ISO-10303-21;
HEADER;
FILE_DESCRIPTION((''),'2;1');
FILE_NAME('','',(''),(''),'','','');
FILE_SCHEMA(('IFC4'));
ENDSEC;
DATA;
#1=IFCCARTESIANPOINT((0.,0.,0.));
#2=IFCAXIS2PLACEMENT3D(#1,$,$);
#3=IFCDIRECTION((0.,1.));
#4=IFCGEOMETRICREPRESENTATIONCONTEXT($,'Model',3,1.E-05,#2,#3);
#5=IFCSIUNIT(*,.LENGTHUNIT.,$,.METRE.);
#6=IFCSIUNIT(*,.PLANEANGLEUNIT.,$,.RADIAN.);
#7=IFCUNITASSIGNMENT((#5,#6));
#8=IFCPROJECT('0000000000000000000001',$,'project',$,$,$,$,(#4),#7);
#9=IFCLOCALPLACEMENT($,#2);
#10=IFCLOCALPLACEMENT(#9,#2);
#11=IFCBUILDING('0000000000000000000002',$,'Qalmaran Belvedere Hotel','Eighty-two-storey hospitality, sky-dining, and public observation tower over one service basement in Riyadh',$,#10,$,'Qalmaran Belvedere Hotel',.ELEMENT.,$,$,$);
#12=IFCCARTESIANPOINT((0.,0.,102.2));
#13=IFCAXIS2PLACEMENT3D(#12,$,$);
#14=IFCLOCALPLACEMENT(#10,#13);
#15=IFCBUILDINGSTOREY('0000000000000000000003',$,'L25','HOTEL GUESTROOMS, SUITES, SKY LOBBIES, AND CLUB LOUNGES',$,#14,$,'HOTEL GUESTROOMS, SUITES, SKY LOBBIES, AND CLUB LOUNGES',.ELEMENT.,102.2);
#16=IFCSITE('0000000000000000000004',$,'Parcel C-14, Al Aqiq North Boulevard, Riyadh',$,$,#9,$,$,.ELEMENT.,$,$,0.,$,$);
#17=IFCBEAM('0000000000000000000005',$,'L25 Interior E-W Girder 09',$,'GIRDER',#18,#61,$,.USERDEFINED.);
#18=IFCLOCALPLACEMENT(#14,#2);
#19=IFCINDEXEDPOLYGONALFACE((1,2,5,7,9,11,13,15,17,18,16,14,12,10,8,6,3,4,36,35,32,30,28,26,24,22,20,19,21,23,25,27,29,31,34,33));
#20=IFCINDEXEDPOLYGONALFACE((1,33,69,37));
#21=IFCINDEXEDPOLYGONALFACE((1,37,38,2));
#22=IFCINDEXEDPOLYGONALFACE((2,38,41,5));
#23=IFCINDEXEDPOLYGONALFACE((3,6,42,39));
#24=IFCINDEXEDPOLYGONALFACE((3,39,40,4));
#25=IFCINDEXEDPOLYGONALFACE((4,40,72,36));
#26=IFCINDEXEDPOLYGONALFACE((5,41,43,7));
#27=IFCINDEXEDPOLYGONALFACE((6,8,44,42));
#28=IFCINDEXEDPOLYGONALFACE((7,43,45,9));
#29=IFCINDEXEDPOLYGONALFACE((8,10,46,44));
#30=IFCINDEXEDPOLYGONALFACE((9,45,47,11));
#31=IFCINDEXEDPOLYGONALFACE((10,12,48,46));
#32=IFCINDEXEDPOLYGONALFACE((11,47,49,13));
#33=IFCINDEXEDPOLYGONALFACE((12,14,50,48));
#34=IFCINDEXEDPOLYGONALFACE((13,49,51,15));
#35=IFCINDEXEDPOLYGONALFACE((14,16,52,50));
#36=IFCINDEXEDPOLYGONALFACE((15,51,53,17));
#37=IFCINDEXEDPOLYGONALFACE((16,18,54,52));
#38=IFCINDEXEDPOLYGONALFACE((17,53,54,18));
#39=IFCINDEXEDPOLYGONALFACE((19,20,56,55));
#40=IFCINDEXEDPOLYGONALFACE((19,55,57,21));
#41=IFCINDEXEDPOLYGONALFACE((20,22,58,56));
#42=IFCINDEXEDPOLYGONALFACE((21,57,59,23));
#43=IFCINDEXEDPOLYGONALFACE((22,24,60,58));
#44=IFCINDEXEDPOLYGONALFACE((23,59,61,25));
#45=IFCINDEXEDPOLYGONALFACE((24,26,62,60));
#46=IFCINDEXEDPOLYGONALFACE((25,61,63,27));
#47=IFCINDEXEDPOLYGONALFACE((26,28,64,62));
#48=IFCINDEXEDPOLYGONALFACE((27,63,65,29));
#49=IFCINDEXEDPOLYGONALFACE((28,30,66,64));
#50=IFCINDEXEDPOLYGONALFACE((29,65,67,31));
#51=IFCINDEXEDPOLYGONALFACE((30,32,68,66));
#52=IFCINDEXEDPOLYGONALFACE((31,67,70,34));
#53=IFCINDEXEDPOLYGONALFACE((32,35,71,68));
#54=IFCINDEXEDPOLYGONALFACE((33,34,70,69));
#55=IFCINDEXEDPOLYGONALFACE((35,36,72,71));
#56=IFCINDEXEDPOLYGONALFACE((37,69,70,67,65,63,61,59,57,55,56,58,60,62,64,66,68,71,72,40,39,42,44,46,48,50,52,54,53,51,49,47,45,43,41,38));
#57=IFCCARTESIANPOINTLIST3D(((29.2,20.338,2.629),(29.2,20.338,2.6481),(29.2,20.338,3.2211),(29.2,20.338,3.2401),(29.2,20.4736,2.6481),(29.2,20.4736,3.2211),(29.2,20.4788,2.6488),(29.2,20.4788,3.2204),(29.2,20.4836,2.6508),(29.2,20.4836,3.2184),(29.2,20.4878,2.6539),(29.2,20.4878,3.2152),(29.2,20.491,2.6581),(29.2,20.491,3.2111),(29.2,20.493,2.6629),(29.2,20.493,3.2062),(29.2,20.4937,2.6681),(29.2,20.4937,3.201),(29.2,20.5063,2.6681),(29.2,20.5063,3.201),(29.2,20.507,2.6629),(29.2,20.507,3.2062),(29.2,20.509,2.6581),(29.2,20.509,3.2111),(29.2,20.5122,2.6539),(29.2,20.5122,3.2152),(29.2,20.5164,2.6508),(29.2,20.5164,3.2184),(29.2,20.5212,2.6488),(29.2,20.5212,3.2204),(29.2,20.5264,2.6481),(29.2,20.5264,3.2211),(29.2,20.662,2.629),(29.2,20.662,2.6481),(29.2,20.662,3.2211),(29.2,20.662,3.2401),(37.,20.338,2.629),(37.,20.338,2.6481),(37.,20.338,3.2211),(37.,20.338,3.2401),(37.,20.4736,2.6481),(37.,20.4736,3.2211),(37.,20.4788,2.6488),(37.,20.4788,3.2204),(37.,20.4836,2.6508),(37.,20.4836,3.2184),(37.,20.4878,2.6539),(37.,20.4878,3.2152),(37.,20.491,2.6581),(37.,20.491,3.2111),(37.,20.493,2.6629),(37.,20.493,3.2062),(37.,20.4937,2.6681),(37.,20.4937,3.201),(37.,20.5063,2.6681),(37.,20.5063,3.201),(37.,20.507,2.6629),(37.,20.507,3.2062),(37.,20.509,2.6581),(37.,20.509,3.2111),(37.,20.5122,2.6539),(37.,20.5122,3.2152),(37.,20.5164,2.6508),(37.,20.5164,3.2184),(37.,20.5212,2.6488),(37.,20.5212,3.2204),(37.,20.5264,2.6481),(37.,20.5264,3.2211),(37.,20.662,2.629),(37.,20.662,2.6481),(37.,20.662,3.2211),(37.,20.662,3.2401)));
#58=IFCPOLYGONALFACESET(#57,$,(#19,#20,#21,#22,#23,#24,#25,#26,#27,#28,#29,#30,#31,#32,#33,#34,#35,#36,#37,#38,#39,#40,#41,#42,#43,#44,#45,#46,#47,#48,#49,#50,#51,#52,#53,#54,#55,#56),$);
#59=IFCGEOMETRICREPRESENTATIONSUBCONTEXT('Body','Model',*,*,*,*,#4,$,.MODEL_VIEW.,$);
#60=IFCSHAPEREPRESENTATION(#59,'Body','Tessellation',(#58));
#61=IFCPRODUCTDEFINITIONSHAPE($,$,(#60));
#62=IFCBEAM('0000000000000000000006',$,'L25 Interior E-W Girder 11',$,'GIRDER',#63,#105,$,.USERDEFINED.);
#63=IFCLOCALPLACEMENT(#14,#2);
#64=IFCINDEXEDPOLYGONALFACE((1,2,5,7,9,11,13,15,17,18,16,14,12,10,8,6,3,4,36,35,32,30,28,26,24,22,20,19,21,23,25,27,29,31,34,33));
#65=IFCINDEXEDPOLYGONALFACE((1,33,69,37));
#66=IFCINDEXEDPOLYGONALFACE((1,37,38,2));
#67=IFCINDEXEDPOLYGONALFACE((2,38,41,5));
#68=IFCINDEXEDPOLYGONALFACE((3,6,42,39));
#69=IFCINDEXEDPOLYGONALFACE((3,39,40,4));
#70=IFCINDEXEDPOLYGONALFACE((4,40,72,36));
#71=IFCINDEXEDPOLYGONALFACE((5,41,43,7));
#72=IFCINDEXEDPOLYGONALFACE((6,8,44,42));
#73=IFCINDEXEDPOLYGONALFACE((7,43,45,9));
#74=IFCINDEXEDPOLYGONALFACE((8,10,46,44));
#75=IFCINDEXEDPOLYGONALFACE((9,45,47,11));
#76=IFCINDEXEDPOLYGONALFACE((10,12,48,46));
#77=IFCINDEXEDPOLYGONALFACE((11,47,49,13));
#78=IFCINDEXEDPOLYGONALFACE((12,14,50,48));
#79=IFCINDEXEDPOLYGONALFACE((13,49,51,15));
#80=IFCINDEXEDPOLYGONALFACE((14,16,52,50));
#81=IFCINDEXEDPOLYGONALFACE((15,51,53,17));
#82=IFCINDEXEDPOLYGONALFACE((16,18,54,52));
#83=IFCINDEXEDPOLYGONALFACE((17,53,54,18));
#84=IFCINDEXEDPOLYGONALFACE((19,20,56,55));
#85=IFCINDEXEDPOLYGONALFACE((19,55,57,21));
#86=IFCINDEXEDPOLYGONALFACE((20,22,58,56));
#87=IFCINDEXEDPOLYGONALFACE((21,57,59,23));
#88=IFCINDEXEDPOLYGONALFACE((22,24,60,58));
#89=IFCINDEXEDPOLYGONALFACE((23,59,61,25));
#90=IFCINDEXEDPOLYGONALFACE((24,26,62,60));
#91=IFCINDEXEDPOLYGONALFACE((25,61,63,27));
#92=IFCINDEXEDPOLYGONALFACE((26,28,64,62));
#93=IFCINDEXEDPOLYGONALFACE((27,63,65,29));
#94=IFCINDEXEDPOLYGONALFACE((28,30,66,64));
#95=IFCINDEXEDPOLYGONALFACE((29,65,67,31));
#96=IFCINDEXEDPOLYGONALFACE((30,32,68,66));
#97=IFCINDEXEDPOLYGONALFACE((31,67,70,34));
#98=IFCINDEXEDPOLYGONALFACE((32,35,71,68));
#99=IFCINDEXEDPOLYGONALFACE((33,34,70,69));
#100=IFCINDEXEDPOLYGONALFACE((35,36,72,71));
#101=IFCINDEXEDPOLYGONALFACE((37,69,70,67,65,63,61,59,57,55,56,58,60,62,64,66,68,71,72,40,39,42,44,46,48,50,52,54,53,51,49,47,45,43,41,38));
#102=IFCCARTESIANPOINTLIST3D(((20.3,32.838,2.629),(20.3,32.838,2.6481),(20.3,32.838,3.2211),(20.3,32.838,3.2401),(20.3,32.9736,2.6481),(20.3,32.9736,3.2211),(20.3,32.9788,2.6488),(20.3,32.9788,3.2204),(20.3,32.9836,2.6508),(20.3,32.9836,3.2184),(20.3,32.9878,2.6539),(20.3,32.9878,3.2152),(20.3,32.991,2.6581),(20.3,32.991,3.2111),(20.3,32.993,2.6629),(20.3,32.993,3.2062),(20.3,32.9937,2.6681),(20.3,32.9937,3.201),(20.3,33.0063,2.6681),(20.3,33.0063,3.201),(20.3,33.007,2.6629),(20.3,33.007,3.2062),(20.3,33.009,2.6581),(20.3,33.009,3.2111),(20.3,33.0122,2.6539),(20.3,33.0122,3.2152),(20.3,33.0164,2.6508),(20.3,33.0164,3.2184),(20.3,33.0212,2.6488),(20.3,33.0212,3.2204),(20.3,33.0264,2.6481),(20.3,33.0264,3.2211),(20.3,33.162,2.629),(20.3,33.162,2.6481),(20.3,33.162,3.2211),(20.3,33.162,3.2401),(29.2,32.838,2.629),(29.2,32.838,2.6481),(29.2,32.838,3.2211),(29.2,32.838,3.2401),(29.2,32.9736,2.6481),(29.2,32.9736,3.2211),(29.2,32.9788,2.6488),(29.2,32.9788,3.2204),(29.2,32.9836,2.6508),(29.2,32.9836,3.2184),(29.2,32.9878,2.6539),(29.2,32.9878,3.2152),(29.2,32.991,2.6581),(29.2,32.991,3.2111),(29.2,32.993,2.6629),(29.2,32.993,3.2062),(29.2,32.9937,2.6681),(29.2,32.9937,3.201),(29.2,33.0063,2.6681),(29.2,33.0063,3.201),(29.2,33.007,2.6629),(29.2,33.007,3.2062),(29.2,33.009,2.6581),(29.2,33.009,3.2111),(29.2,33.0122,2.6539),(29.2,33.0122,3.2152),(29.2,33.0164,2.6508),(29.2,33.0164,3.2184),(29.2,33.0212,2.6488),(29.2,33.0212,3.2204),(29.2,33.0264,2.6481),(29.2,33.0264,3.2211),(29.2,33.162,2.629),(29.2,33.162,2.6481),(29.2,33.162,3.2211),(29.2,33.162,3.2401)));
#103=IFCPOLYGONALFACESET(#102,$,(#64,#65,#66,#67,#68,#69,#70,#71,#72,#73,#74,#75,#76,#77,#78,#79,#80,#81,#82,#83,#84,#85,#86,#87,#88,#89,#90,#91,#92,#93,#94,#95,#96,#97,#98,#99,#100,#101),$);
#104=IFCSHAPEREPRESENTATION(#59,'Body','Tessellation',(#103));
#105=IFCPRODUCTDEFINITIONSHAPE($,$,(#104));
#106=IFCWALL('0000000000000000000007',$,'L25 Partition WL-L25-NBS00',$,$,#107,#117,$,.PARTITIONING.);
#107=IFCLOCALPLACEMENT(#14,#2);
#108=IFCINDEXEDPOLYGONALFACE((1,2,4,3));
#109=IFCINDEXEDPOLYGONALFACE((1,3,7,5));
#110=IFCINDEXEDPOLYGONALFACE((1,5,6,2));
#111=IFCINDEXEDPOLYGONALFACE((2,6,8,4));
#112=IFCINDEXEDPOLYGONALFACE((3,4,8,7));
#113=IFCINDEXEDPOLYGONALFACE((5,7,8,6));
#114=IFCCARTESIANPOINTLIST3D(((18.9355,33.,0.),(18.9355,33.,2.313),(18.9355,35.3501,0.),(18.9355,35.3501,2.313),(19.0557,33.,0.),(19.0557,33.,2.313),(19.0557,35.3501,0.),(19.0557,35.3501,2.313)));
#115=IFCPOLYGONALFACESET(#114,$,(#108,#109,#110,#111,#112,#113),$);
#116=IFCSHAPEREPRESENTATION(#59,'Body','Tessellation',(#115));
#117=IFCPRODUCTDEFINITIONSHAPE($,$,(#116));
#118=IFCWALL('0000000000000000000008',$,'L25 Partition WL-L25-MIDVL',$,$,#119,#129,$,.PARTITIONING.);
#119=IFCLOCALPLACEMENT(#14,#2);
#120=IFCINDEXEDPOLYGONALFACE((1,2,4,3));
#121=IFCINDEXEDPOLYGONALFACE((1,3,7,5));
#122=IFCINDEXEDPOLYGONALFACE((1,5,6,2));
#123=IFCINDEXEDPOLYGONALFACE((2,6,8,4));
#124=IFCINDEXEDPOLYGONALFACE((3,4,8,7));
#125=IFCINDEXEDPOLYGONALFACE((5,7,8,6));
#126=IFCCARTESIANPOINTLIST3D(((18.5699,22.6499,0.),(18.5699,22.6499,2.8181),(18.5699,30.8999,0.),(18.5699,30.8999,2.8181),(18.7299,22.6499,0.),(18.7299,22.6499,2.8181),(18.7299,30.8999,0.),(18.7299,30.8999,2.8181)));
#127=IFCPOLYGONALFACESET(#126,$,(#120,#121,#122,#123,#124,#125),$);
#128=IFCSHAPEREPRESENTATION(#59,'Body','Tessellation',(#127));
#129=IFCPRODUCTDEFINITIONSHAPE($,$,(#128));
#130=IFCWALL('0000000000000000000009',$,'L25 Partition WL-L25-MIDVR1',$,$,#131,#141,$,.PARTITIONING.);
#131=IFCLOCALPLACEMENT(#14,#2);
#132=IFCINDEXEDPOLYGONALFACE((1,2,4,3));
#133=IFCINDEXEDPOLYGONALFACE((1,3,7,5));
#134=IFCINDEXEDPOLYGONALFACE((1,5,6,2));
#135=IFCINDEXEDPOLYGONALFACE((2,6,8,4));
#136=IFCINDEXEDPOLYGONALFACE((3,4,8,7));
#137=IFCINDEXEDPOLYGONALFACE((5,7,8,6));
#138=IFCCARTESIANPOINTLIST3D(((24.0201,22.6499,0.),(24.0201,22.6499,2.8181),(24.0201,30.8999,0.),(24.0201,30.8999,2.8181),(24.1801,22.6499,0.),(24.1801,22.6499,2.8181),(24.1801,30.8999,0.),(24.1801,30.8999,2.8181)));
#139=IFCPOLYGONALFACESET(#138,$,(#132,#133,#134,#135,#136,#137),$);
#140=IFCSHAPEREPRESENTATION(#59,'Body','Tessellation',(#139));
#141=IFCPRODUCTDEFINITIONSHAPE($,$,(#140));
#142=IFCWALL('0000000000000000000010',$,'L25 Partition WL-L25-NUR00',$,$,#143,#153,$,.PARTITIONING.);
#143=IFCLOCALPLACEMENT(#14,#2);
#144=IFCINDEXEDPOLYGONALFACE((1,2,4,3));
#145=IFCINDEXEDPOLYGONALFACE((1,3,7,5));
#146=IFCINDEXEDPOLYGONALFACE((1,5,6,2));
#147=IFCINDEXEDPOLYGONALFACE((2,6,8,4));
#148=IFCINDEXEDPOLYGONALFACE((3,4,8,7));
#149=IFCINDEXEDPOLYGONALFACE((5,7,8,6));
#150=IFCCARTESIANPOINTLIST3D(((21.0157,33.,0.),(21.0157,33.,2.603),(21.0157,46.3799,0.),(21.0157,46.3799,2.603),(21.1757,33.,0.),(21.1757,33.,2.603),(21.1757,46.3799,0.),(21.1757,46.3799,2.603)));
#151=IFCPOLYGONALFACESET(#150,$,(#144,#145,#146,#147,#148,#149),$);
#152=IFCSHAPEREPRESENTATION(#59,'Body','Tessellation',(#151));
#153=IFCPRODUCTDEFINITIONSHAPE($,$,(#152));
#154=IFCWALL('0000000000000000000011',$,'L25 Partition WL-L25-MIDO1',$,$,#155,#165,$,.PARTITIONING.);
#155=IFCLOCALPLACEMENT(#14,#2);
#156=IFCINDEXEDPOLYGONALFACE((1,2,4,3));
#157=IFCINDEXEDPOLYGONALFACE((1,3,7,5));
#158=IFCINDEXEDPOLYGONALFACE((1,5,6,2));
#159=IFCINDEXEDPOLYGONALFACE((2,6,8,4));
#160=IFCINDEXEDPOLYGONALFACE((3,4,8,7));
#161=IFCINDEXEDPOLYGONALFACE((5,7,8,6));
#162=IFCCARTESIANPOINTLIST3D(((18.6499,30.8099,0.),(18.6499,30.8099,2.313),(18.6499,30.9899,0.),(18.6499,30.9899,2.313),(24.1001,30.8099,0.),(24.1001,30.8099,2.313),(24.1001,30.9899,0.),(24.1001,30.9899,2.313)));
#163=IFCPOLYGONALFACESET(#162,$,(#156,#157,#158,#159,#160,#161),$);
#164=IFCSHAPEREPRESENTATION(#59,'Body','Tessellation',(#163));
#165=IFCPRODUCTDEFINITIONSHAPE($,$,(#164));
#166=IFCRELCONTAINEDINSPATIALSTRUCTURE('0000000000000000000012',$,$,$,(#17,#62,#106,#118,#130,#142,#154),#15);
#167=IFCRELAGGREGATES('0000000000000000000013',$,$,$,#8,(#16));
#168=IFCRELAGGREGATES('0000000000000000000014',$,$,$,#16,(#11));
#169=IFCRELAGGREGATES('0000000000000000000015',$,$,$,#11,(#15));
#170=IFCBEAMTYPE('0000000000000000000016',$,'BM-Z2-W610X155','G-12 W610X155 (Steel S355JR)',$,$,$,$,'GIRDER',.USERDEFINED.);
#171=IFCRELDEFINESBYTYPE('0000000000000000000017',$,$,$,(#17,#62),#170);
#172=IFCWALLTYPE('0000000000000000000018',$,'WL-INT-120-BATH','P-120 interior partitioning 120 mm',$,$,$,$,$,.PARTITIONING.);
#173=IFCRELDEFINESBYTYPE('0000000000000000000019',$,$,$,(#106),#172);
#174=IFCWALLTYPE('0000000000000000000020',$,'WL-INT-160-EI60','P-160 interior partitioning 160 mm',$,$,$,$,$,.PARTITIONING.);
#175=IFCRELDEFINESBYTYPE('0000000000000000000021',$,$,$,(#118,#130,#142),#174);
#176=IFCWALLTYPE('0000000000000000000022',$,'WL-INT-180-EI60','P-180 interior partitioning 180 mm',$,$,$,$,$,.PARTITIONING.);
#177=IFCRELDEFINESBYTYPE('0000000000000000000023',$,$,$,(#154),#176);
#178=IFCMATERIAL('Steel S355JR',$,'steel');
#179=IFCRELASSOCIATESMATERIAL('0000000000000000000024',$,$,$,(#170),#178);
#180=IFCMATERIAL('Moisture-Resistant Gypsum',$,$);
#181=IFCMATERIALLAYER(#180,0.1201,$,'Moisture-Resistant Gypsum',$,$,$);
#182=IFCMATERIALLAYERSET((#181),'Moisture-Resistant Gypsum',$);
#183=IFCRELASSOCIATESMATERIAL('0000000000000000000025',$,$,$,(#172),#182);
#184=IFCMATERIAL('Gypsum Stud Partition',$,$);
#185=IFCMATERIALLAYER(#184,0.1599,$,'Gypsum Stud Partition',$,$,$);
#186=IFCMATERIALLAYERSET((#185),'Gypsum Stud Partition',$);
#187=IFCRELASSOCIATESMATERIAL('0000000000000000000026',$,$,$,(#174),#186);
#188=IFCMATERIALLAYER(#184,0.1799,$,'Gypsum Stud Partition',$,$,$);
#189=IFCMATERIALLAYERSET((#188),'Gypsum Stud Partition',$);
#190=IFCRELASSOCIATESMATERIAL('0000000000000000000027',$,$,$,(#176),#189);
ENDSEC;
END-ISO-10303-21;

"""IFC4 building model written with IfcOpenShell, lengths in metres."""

from ifc_helpers import new_model, si_unit, direction, frame, frame_2d, origin, origin_2d, place, context, subcontext, project, spatial, rectangle, i_section, extrude, material, layer, layer_set, material_profile, profile_set, type_object, element, save


model = new_model("IFC4")

# Units and contexts
model_context = context("Model", 3, precision=1e-05, world=origin(), true_north=direction((0.0, 1.0)))
body_context = subcontext(model_context, "Body", "Model", "MODEL_VIEW")
ifc_project = project(units=[si_unit("LENGTHUNIT", "METRE"), si_unit("PLANEANGLEUNIT", "RADIAN")], contexts=[model_context])

# Site, building, storey
site_placement = place(None, origin())
site = spatial("IfcSite", under=ifc_project, at=site_placement, Name="Parcel C-14, Al Aqiq North Boulevard, Riyadh", CompositionType="ELEMENT", RefElevation=0.0)
building_placement = place(site_placement, origin())
building = spatial("IfcBuilding", under=site, at=building_placement, Name="Qalmaran Belvedere Hotel", Description="Eighty-two-storey hospitality, sky-dining, and public observation tower over one service basement in Riyadh", LongName="Qalmaran Belvedere Hotel", CompositionType="ELEMENT")
storey_placement = place(building_placement, frame((0.0, 0.0, 102.2)))
storey = spatial("IfcBuildingStorey", under=building, at=storey_placement, Name="L25", Description="HOTEL GUESTROOMS, SUITES, SKY LOBBIES, AND CLUB LOUNGES", LongName="HOTEL GUESTROOMS, SUITES, SKY LOBBIES, AND CLUB LOUNGES", CompositionType="ELEMENT", Elevation=102.2)

# Beams
ifc_material_1 = material(Name="Steel S355JR", Category="steel")
ifc_material_profile_1 = material_profile(ifc_material_1, i_section(OverallWidth=0.324, OverallDepth=0.6111, WebThickness=0.0127, FlangeThickness=0.019, FilletRadius=0.02, at=origin_2d()), Name="W610X155")
ifc_profile_set_1 = profile_set([ifc_material_profile_1], Name="Steel S355JR")
beam_type_1 = type_object("IfcBeamType", Name="BM-Z2-W610X155", Description="G-12 W610X155 (Steel S355JR)", ElementType="GIRDER", PredefinedType="USERDEFINED", material=ifc_profile_set_1)
beam_1_placement = place(storey_placement, frame((29.2, 20.5, 2.9346), z_axis=(1.0, 0.0, 0.0), x_axis=(0.0, 1.0, 0.0)))
element("IfcBeam", 1, at=beam_1_placement, inside=storey, type_object=beam_type_1, Name="L25 Interior E-W Girder 09", ObjectType="GIRDER", PredefinedType="USERDEFINED", context=body_context, shape_type="SweptSolid", body=[
    extrude(i_section(OverallWidth=0.324, OverallDepth=0.6111, WebThickness=0.0127, FlangeThickness=0.019, FilletRadius=0.02, at=origin_2d()), origin(), (0.0, 0.0, 1.0), 7.8),
])
beam_2_placement = place(storey_placement, frame((20.3, 33.0, 2.9346), z_axis=(1.0, 0.0, 0.0), x_axis=(0.0, 1.0, 0.0)))
element("IfcBeam", 2, at=beam_2_placement, inside=storey, type_object=beam_type_1, Name="L25 Interior E-W Girder 11", ObjectType="GIRDER", PredefinedType="USERDEFINED", context=body_context, shape_type="SweptSolid", body=[
    extrude(i_section(OverallWidth=0.324, OverallDepth=0.6111, WebThickness=0.0127, FlangeThickness=0.019, FilletRadius=0.02, at=origin_2d()), origin(), (0.0, 0.0, 1.0), 8.8999),
])

# Walls
ifc_material_2 = material(Name="Moisture-Resistant Gypsum")
ifc_layer_1 = layer(ifc_material_2, 0.1201, Name="Moisture-Resistant Gypsum")
ifc_layer_set_1 = layer_set([ifc_layer_1], Name="Moisture-Resistant Gypsum")
wall_type_1 = type_object("IfcWallType", Name="WL-INT-120-BATH", Description="P-120 interior partitioning 120 mm", PredefinedType="PARTITIONING", material=ifc_layer_set_1)
wall_1_placement = place(storey_placement, frame((18.9956, 33.0, 0.0), z_axis=(0.0, 0.0, 1.0), x_axis=(0.0, 1.0, 0.0)))
element("IfcWall", 3, at=wall_1_placement, inside=storey, type_object=wall_type_1, Name="L25 Partition WL-L25-NBS00", PredefinedType="PARTITIONING", context=body_context, shape_type="SweptSolid", body=[
    extrude(rectangle(XDim=2.3501, YDim=0.1201, at=frame_2d((1.175, 0.0))), origin(), (0.0, 0.0, 1.0), 2.313),
])
ifc_material_3 = material(Name="Gypsum Stud Partition")
ifc_layer_2 = layer(ifc_material_3, 0.1599, Name="Gypsum Stud Partition")
ifc_layer_set_2 = layer_set([ifc_layer_2], Name="Gypsum Stud Partition")
wall_type_2 = type_object("IfcWallType", Name="WL-INT-160-EI60", Description="P-160 interior partitioning 160 mm", PredefinedType="PARTITIONING", material=ifc_layer_set_2)
for number, where, z_axis, x_axis, name in (
    (4, (18.6499, 22.6499, 0.0), (0.0, 0.0, 1.0), (0.0, 1.0, 0.0), "L25 Partition WL-L25-MIDVL"),
    (5, (24.1001, 22.6499, 0.0), (0.0, 0.0, 1.0), (0.0, 1.0, 0.0), "L25 Partition WL-L25-MIDVR1"),
):
    element("IfcWall", number, at=place(storey_placement, frame(where, z_axis=z_axis, x_axis=x_axis)), inside=storey, type_object=wall_type_2, Name=name, PredefinedType="PARTITIONING", context=body_context, shape_type="SweptSolid", body=[
        extrude(rectangle(XDim=8.25, YDim=0.1599, at=frame_2d((4.125, 0.0))), origin(), (0.0, 0.0, 1.0), 2.8181),
    ])
wall_2_placement = place(storey_placement, frame((21.0957, 33.0, 0.0), z_axis=(0.0, 0.0, 1.0), x_axis=(0.0, 1.0, 0.0)))
element("IfcWall", 6, at=wall_2_placement, inside=storey, type_object=wall_type_2, Name="L25 Partition WL-L25-NUR00", PredefinedType="PARTITIONING", context=body_context, shape_type="SweptSolid", body=[
    extrude(rectangle(XDim=13.3799, YDim=0.1599, at=frame_2d((6.6899, 0.0))), origin(), (0.0, 0.0, 1.0), 2.603),
])

# Shared definitions
ifc_layer_3 = layer(ifc_material_3, 0.1799, Name="Gypsum Stud Partition")
ifc_layer_set_3 = layer_set([ifc_layer_3], Name="Gypsum Stud Partition")
wall_type_3 = type_object("IfcWallType", Name="WL-INT-180-EI60", Description="P-180 interior partitioning 180 mm", PredefinedType="PARTITIONING", material=ifc_layer_set_3)

# Wall
wall_3_placement = place(storey_placement, frame((18.6499, 30.8999, 0.0), z_axis=(0.0, 0.0, 1.0), x_axis=(1.0, 0.0, 0.0)))
element("IfcWall", 7, at=wall_3_placement, inside=storey, type_object=wall_type_3, Name="L25 Partition WL-L25-MIDO1", PredefinedType="PARTITIONING", context=body_context, shape_type="SweptSolid", body=[
    extrude(rectangle(XDim=5.4502, YDim=0.1799, at=frame_2d((2.7251, 0.0))), origin(), (0.0, 0.0, 1.0), 2.313),
])

save(model, "model.ifc")
